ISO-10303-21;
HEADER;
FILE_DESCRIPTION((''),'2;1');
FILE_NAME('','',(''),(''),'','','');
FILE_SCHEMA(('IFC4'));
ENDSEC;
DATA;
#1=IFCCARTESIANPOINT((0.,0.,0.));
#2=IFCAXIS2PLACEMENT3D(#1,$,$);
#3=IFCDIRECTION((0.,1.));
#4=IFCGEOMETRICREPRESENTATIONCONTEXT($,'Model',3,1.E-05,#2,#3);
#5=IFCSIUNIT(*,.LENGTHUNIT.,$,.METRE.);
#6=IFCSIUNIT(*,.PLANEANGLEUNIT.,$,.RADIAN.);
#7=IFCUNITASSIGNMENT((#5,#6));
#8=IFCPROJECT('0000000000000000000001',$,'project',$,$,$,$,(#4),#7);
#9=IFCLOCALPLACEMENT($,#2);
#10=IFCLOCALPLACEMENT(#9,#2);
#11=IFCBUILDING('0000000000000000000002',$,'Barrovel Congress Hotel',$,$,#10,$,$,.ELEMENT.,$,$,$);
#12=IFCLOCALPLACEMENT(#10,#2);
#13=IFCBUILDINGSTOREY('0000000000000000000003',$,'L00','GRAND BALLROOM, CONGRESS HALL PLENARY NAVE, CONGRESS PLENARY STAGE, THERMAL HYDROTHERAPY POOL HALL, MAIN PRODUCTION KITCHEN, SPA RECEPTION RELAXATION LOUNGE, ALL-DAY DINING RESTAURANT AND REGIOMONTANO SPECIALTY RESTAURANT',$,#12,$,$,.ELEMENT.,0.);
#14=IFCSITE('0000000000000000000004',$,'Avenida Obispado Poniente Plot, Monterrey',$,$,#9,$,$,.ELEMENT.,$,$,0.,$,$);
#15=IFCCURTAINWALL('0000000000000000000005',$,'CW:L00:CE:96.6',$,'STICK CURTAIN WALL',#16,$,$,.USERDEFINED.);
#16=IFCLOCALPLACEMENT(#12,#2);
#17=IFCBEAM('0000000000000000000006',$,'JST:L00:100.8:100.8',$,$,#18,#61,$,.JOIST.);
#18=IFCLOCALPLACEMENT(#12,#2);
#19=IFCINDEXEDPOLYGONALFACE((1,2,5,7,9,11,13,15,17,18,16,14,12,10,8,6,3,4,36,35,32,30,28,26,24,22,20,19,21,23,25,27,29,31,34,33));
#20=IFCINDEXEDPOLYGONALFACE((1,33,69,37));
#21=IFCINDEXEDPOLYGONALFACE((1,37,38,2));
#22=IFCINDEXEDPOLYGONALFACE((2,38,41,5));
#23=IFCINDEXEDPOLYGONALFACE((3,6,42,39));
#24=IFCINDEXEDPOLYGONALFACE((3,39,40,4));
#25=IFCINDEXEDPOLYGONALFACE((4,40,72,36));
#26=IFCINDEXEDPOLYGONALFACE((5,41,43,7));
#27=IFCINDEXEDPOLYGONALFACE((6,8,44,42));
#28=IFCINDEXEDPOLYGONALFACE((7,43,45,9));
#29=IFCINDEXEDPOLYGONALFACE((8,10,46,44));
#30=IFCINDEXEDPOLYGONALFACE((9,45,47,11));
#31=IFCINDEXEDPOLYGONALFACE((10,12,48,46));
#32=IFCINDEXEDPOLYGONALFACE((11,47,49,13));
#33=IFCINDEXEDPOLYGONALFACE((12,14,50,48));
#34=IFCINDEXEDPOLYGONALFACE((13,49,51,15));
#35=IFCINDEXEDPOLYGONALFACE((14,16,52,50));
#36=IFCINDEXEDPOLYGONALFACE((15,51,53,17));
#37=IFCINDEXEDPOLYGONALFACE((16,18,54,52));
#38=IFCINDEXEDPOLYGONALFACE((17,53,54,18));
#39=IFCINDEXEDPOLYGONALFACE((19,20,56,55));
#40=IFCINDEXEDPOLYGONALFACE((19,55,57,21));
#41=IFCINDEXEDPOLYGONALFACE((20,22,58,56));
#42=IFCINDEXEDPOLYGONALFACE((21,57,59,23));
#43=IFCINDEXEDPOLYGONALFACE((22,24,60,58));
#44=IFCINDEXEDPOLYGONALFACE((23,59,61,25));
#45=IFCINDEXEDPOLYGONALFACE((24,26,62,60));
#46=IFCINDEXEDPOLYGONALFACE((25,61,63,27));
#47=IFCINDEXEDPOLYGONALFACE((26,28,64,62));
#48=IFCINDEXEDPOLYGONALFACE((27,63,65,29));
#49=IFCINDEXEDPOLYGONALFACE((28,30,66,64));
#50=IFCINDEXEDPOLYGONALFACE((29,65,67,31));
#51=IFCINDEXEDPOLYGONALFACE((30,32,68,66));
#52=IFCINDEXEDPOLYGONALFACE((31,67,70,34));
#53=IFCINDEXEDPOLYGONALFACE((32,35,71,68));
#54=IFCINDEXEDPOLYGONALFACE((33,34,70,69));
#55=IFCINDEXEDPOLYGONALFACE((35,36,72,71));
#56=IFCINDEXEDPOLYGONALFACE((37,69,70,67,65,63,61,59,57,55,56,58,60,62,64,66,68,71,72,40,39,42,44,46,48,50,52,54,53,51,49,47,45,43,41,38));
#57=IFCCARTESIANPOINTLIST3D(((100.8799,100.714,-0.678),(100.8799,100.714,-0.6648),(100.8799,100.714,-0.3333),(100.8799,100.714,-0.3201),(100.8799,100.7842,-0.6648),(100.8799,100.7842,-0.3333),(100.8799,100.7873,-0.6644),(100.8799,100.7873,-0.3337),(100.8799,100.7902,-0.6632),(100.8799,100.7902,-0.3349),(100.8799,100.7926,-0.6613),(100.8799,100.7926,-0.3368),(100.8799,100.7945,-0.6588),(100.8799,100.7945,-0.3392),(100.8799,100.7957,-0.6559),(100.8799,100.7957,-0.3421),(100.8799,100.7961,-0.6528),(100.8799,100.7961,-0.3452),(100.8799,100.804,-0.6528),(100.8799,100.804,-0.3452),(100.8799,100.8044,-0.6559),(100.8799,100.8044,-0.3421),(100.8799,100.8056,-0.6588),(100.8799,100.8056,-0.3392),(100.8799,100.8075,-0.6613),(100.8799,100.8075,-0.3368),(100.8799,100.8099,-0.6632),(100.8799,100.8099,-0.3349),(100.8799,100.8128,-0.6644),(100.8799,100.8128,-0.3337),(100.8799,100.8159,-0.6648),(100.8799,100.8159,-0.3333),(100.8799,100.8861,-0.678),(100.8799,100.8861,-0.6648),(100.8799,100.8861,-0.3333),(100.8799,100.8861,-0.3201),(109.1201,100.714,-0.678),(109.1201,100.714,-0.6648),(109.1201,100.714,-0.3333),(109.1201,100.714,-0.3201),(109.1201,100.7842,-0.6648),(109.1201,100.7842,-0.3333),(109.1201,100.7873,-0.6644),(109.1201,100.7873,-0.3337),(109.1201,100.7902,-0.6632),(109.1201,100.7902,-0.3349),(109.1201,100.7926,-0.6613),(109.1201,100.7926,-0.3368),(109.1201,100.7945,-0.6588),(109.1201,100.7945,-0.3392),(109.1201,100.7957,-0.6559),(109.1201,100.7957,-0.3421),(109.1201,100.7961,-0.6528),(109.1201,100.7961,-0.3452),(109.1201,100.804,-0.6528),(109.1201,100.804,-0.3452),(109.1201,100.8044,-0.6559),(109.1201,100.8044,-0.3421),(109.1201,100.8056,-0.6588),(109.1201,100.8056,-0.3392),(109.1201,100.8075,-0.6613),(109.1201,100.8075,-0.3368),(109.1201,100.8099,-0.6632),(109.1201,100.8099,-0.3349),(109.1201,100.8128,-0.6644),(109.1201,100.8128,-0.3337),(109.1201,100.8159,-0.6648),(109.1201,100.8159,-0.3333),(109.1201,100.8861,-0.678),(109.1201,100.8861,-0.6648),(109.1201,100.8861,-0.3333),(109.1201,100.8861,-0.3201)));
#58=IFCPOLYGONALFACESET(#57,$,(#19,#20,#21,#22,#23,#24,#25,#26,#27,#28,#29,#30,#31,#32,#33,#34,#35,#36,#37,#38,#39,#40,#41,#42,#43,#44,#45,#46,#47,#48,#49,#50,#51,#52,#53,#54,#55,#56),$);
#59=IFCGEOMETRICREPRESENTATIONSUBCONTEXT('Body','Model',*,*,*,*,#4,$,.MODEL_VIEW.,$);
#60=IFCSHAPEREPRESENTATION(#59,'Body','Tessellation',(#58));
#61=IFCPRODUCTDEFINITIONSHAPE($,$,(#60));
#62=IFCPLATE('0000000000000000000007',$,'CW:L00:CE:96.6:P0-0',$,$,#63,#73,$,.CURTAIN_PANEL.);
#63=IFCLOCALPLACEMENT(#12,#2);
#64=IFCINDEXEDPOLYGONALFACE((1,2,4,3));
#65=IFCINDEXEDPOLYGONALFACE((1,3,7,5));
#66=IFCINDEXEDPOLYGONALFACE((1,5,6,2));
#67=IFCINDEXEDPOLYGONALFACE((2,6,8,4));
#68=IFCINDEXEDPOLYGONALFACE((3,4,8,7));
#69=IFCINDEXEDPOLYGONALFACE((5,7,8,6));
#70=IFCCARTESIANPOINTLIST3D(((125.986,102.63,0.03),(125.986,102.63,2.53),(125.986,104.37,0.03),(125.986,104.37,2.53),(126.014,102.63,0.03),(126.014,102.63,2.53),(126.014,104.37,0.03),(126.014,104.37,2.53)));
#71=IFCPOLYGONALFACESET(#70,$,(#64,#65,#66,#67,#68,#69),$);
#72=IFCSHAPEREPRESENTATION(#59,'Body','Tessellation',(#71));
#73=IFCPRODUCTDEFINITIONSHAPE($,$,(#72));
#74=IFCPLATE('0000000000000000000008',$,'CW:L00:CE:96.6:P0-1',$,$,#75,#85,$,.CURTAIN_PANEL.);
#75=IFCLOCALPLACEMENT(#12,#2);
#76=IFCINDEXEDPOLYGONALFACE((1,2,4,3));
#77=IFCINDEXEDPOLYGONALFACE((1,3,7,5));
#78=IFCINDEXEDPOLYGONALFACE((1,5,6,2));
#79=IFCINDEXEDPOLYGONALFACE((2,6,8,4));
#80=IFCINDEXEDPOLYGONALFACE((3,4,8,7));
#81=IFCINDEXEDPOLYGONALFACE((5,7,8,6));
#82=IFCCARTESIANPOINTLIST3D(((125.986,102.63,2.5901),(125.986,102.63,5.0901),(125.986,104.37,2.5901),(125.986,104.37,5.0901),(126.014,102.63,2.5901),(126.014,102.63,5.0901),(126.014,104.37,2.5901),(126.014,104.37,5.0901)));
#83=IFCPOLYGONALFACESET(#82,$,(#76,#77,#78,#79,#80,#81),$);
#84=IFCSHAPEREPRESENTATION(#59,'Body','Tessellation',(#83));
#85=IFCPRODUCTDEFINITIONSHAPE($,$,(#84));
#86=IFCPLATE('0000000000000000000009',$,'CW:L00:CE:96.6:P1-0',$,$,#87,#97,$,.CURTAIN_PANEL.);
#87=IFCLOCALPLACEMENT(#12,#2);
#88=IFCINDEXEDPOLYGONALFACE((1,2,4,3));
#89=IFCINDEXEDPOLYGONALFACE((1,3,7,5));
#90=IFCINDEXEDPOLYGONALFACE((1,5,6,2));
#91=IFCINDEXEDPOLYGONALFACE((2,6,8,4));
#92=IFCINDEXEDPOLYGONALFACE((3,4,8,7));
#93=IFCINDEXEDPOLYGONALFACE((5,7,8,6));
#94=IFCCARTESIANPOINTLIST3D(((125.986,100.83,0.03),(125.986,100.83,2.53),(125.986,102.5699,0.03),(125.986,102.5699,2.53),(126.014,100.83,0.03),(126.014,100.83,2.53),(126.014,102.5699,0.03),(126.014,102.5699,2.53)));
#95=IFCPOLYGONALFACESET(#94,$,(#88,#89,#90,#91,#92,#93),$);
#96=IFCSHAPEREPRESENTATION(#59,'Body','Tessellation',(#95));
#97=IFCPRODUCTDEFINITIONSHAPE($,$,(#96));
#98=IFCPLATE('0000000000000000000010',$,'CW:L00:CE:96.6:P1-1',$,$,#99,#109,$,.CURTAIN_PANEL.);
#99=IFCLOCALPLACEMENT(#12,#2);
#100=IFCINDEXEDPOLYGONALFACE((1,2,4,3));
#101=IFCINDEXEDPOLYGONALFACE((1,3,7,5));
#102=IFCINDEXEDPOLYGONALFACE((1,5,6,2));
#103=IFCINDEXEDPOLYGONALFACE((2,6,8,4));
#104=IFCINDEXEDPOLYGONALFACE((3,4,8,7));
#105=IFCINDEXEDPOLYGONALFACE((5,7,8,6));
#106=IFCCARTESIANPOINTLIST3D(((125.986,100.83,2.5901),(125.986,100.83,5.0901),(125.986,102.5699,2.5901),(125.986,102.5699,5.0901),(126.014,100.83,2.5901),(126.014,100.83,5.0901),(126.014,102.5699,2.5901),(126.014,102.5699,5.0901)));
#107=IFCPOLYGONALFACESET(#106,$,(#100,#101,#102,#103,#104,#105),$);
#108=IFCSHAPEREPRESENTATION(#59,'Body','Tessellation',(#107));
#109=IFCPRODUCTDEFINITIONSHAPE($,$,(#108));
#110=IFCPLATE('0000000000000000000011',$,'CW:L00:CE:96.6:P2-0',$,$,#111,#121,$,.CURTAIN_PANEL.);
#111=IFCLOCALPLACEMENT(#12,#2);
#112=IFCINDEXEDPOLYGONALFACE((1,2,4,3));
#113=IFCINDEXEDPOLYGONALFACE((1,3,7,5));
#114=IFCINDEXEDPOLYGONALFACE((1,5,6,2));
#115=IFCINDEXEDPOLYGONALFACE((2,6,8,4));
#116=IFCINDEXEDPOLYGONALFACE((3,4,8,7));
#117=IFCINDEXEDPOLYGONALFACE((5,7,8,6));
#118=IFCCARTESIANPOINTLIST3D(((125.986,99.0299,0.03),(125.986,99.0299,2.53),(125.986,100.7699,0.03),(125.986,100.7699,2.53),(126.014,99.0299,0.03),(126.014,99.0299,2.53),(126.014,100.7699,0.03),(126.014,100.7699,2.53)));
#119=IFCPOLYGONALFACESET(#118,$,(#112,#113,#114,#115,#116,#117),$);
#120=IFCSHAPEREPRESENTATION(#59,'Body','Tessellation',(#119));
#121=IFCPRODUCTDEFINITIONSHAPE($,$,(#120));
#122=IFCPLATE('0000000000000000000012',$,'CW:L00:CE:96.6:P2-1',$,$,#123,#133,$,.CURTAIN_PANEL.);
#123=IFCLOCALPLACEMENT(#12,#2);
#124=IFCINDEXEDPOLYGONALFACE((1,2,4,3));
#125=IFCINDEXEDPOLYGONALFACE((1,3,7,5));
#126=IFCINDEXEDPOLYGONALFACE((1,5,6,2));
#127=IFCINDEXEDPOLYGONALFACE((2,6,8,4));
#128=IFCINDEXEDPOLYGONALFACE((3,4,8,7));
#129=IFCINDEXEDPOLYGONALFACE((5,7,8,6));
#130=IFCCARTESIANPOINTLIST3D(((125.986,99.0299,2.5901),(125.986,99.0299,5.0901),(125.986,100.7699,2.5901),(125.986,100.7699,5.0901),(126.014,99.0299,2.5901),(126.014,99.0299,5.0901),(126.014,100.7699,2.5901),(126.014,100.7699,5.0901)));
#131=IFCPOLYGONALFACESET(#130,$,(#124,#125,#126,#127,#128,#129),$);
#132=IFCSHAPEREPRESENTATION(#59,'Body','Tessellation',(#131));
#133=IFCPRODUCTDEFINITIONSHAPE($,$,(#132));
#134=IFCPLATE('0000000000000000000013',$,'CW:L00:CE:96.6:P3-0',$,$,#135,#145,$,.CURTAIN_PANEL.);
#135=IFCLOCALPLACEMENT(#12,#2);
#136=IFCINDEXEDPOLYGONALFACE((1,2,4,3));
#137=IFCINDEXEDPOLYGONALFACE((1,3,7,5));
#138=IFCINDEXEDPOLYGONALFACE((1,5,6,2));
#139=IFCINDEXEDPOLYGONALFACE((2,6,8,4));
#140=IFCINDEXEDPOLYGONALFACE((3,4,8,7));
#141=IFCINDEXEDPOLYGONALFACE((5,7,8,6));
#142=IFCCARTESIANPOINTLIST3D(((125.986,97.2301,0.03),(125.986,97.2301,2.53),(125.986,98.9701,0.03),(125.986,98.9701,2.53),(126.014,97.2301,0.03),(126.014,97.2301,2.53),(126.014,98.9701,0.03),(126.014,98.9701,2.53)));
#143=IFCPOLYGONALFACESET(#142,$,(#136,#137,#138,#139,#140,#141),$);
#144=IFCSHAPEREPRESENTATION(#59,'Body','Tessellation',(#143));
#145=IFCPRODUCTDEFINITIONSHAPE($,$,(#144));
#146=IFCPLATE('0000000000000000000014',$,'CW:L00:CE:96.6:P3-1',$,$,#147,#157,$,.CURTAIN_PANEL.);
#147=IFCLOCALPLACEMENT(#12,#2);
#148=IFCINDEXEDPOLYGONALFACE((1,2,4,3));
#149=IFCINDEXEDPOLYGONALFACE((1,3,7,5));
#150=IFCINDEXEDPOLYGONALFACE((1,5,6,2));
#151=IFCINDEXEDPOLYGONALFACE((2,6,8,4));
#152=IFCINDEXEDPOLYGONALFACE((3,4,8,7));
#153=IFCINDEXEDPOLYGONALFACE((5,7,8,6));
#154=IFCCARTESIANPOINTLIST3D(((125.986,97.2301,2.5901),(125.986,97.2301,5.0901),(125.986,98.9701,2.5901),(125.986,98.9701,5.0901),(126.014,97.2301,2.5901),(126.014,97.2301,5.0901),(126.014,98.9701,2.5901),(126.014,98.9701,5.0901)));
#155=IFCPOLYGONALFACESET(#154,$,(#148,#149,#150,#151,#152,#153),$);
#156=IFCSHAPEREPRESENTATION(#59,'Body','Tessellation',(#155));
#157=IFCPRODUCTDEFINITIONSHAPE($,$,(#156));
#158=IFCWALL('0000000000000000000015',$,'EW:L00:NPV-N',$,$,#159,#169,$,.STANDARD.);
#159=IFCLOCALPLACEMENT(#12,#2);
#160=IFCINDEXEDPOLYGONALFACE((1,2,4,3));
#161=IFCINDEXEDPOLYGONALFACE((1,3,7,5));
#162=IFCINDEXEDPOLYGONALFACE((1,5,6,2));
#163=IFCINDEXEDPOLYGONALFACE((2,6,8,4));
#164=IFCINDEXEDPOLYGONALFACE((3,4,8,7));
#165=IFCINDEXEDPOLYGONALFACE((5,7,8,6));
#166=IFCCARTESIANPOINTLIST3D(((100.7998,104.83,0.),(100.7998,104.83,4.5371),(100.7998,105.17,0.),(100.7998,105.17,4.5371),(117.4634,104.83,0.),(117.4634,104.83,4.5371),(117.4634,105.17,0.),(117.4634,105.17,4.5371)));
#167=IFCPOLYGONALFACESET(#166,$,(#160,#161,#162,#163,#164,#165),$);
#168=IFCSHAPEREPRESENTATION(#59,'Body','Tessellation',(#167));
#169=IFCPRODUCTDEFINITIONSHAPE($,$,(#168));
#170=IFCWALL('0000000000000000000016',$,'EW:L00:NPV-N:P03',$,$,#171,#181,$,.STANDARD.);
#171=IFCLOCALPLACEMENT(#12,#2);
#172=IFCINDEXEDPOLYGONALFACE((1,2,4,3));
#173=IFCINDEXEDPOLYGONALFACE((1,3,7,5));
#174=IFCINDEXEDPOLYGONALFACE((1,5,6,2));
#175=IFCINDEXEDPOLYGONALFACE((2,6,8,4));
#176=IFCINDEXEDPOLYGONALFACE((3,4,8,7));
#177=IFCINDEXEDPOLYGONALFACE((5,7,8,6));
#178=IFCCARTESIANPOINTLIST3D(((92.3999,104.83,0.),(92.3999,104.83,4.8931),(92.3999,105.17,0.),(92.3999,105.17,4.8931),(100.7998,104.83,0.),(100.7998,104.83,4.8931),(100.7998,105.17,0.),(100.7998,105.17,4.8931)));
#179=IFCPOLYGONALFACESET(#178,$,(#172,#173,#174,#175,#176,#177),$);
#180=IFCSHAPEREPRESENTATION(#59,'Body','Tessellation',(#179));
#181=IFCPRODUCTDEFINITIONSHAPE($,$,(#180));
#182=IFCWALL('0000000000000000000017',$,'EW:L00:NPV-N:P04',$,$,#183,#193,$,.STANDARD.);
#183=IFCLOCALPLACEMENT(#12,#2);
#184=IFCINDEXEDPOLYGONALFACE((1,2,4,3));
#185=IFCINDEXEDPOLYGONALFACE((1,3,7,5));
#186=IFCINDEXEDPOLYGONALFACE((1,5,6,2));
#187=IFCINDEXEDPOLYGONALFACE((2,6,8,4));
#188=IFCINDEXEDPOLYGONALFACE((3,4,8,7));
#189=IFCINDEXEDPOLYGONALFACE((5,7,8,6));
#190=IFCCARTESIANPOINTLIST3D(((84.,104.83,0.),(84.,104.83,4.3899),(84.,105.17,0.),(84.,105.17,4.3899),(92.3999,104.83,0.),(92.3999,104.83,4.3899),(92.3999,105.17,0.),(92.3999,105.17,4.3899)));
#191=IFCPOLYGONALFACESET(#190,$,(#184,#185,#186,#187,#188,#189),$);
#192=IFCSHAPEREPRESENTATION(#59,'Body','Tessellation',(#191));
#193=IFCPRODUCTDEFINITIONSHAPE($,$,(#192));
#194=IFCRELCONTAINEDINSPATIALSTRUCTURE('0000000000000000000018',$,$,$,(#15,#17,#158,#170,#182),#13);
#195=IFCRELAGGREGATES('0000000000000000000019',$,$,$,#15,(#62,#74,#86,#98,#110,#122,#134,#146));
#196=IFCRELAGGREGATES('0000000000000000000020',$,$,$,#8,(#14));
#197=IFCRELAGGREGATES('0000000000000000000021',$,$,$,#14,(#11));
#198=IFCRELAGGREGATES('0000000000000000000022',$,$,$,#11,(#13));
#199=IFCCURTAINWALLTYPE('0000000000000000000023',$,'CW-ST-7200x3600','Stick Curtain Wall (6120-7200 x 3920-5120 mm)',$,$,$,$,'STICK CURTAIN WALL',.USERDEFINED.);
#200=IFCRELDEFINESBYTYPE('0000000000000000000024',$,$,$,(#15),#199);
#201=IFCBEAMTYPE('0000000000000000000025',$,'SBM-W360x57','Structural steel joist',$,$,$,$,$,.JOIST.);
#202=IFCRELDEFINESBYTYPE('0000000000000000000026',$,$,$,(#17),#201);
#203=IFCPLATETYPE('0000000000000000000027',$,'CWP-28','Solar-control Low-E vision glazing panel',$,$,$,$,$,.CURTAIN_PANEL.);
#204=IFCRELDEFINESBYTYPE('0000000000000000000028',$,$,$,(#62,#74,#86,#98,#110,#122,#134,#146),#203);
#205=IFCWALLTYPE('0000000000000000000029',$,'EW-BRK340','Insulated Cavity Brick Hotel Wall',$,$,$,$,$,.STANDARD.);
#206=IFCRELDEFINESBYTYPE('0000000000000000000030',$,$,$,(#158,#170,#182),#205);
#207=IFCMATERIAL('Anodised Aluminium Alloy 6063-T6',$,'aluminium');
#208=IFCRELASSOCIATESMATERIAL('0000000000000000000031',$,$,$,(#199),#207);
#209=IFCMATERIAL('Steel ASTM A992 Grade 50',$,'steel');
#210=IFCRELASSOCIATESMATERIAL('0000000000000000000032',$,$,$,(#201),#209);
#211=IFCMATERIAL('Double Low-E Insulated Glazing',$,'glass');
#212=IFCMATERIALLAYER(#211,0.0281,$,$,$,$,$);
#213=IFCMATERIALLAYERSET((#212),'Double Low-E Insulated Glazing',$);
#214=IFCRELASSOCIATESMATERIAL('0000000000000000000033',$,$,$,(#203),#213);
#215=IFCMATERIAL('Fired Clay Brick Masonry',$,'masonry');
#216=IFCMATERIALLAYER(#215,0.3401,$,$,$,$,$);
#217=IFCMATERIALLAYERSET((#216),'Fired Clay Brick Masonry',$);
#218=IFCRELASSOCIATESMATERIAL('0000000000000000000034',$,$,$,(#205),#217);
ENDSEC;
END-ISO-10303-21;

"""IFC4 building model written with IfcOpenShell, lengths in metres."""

from ifc_helpers import new_model, si_unit, direction, frame, frame_2d, origin, origin_2d, place, context, subcontext, project, spatial, rectangle, i_section, extrude, material, layer, layer_set, material_profile, profile_set, type_object, element, aggregate, save


model = new_model("IFC4")

# Units and contexts
model_context = context("Model", 3, precision=1e-05, world=origin(), true_north=direction((0.0, 1.0)))
body_context = subcontext(model_context, "Body", "Model", "MODEL_VIEW")
ifc_project = project(units=[si_unit("LENGTHUNIT", "METRE"), si_unit("PLANEANGLEUNIT", "RADIAN")], contexts=[model_context])

# Site, building, storey
site_placement = place(None, origin())
site = spatial("IfcSite", under=ifc_project, at=site_placement, Name="Avenida Obispado Poniente Plot, Monterrey", CompositionType="ELEMENT", RefElevation=0.0)
building_placement = place(site_placement, origin())
building = spatial("IfcBuilding", under=site, at=building_placement, Name="Barrovel Congress Hotel", CompositionType="ELEMENT")
storey_placement = place(building_placement, origin())
storey = spatial("IfcBuildingStorey", under=building, at=storey_placement, Name="L00", Description="GRAND BALLROOM, CONGRESS HALL PLENARY NAVE, CONGRESS PLENARY STAGE, THERMAL HYDROTHERAPY POOL HALL, MAIN PRODUCTION KITCHEN, SPA RECEPTION RELAXATION LOUNGE, ALL-DAY DINING RESTAURANT AND REGIOMONTANO SPECIALTY RESTAURANT", CompositionType="ELEMENT", Elevation=0.0)

# Curtain wall
ifc_material_1 = material(Name="Anodised Aluminium Alloy 6063-T6", Category="aluminium")
curtain_wall_type = type_object("IfcCurtainWallType", Name="CW-ST-7200x3600", Description="Stick Curtain Wall (6120-7200 x 3920-5120 mm)", ElementType="STICK CURTAIN WALL", PredefinedType="USERDEFINED", material=ifc_material_1)
curtain_wall_placement = place(storey_placement, origin())
curtain_wall = element("IfcCurtainWall", 1, at=curtain_wall_placement, inside=storey, type_object=curtain_wall_type, Name="CW:L00:CE:96.6", ObjectType="STICK CURTAIN WALL", PredefinedType="USERDEFINED")

# Beam
ifc_material_2 = material(Name="Steel ASTM A992 Grade 50", Category="steel")
ifc_material_profile_1 = material_profile(ifc_material_2, i_section(OverallWidth=0.1721, OverallDepth=0.3579, WebThickness=0.0078, FlangeThickness=0.0132, FilletRadius=0.012, at=origin_2d()), Name="W360x57")
ifc_profile_set_1 = profile_set([ifc_material_profile_1], Name="Steel ASTM A992 Grade 50")
beam_type_1 = type_object("IfcBeamType", Name="SBM-W360x57", Description="Structural steel joist", PredefinedType="JOIST", material=ifc_profile_set_1)
beam_1_placement = place(storey_placement, frame((100.8799, 100.8, -0.499), z_axis=(1.0, 0.0, 0.0), x_axis=(0.0, 1.0, 0.0)))
element("IfcBeam", 2, at=beam_1_placement, inside=storey, type_object=beam_type_1, Name="JST:L00:100.8:100.8", PredefinedType="JOIST", context=body_context, shape_type="SweptSolid", body=[
    extrude(i_section(OverallWidth=0.1721, OverallDepth=0.3579, WebThickness=0.0078, FlangeThickness=0.0132, FilletRadius=0.012, at=origin_2d()), origin(), (0.0, 0.0, 1.0), 8.2402),
])

# Plates
ifc_material_3 = material(Name="Double Low-E Insulated Glazing", Category="glass")
ifc_layer_1 = layer(ifc_material_3, 0.0281)
ifc_layer_set_1 = layer_set([ifc_layer_1], Name="Double Low-E Insulated Glazing")
plate_type = type_object("IfcPlateType", Name="CWP-28", Description="Solar-control Low-E vision glazing panel", PredefinedType="CURTAIN_PANEL", material=ifc_layer_set_1)
plate_1_placement = place(storey_placement, frame((126.0, 103.5, 0.03), z_axis=(0.0, 0.0, 1.0), x_axis=(0.0, -1.0, 0.0)))
plate_1 = element("IfcPlate", 3, at=plate_1_placement, type_object=plate_type, Name="CW:L00:CE:96.6:P0-0", PredefinedType="CURTAIN_PANEL", context=body_context, shape_type="SweptSolid", body=[
    extrude(rectangle(XDim=1.74, YDim=0.0281, at=origin_2d()), origin(), (0.0, 0.0, 1.0), 2.5),
])
plate_2_placement = place(storey_placement, frame((126.0, 103.5, 2.5901), z_axis=(0.0, 0.0, 1.0), x_axis=(0.0, -1.0, 0.0)))
plate_2 = element("IfcPlate", 4, at=plate_2_placement, type_object=plate_type, Name="CW:L00:CE:96.6:P0-1", PredefinedType="CURTAIN_PANEL", context=body_context, shape_type="SweptSolid", body=[
    extrude(rectangle(XDim=1.74, YDim=0.0281, at=origin_2d()), origin(), (0.0, 0.0, 1.0), 2.5),
])
plate_3_placement = place(storey_placement, frame((126.0, 101.7, 0.03), z_axis=(0.0, 0.0, 1.0), x_axis=(0.0, -1.0, 0.0)))
plate_3 = element("IfcPlate", 5, at=plate_3_placement, type_object=plate_type, Name="CW:L00:CE:96.6:P1-0", PredefinedType="CURTAIN_PANEL", context=body_context, shape_type="SweptSolid", body=[
    extrude(rectangle(XDim=1.74, YDim=0.0281, at=origin_2d()), origin(), (0.0, 0.0, 1.0), 2.5),
])
plate_4_placement = place(storey_placement, frame((126.0, 101.7, 2.5901), z_axis=(0.0, 0.0, 1.0), x_axis=(0.0, -1.0, 0.0)))
plate_4 = element("IfcPlate", 6, at=plate_4_placement, type_object=plate_type, Name="CW:L00:CE:96.6:P1-1", PredefinedType="CURTAIN_PANEL", context=body_context, shape_type="SweptSolid", body=[
    extrude(rectangle(XDim=1.74, YDim=0.0281, at=origin_2d()), origin(), (0.0, 0.0, 1.0), 2.5),
])
plate_5_placement = place(storey_placement, frame((126.0, 99.8999, 0.03), z_axis=(0.0, 0.0, 1.0), x_axis=(0.0, -1.0, 0.0)))
plate_5 = element("IfcPlate", 7, at=plate_5_placement, type_object=plate_type, Name="CW:L00:CE:96.6:P2-0", PredefinedType="CURTAIN_PANEL", context=body_context, shape_type="SweptSolid", body=[
    extrude(rectangle(XDim=1.74, YDim=0.0281, at=origin_2d()), origin(), (0.0, 0.0, 1.0), 2.5),
])
plate_6_placement = place(storey_placement, frame((126.0, 99.8999, 2.5901), z_axis=(0.0, 0.0, 1.0), x_axis=(0.0, -1.0, 0.0)))
plate_6 = element("IfcPlate", 8, at=plate_6_placement, type_object=plate_type, Name="CW:L00:CE:96.6:P2-1", PredefinedType="CURTAIN_PANEL", context=body_context, shape_type="SweptSolid", body=[
    extrude(rectangle(XDim=1.74, YDim=0.0281, at=origin_2d()), origin(), (0.0, 0.0, 1.0), 2.5),
])
plate_7_placement = place(storey_placement, frame((126.0, 98.1001, 0.03), z_axis=(0.0, 0.0, 1.0), x_axis=(0.0, -1.0, 0.0)))
plate_7 = element("IfcPlate", 9, at=plate_7_placement, type_object=plate_type, Name="CW:L00:CE:96.6:P3-0", PredefinedType="CURTAIN_PANEL", context=body_context, shape_type="SweptSolid", body=[
    extrude(rectangle(XDim=1.74, YDim=0.0281, at=origin_2d()), origin(), (0.0, 0.0, 1.0), 2.5),
])
plate_8_placement = place(storey_placement, frame((126.0, 98.1001, 2.5901), z_axis=(0.0, 0.0, 1.0), x_axis=(0.0, -1.0, 0.0)))
plate_8 = element("IfcPlate", 10, at=plate_8_placement, type_object=plate_type, Name="CW:L00:CE:96.6:P3-1", PredefinedType="CURTAIN_PANEL", context=body_context, shape_type="SweptSolid", body=[
    extrude(rectangle(XDim=1.74, YDim=0.0281, at=origin_2d()), origin(), (0.0, 0.0, 1.0), 2.5),
])
aggregate(curtain_wall, [plate_1, plate_2, plate_3, plate_4, plate_5, plate_6, plate_7, plate_8])

# Walls
ifc_material_4 = material(Name="Fired Clay Brick Masonry", Category="masonry")
ifc_layer_2 = layer(ifc_material_4, 0.3401)
ifc_layer_set_2 = layer_set([ifc_layer_2], Name="Fired Clay Brick Masonry")
wall_type = type_object("IfcWallType", Name="EW-BRK340", Description="Insulated Cavity Brick Hotel Wall", PredefinedType="STANDARD", material=ifc_layer_set_2)
wall_1_placement = place(storey_placement, frame((117.4634, 105.0, 0.0), z_axis=(0.0, 0.0, 1.0), x_axis=(-1.0, 0.0, 0.0)))
element("IfcWall", 11, at=wall_1_placement, inside=storey, type_object=wall_type, Name="EW:L00:NPV-N", PredefinedType="STANDARD", context=body_context, shape_type="SweptSolid", body=[
    extrude(rectangle(XDim=16.6636, YDim=0.3401, at=frame_2d((8.3318, 0.0))), origin(), (0.0, 0.0, 1.0), 4.5371),
])
wall_2_placement = place(storey_placement, frame((100.7998, 105.0, 0.0), z_axis=(0.0, 0.0, 1.0), x_axis=(-1.0, 0.0, 0.0)))
element("IfcWall", 12, at=wall_2_placement, inside=storey, type_object=wall_type, Name="EW:L00:NPV-N:P03", PredefinedType="STANDARD", context=body_context, shape_type="SweptSolid", body=[
    extrude(rectangle(XDim=8.3999, YDim=0.3401, at=frame_2d((4.2, 0.0))), origin(), (0.0, 0.0, 1.0), 4.8931),
])
wall_3_placement = place(storey_placement, frame((92.3999, 105.0, 0.0), z_axis=(0.0, 0.0, 1.0), x_axis=(-1.0, 0.0, 0.0)))
element("IfcWall", 13, at=wall_3_placement, inside=storey, type_object=wall_type, Name="EW:L00:NPV-N:P04", PredefinedType="STANDARD", context=body_context, shape_type="SweptSolid", body=[
    extrude(rectangle(XDim=8.3999, YDim=0.3401, at=frame_2d((4.2, 0.0))), origin(), (0.0, 0.0, 1.0), 4.3899),
])

save(model, "model.ifc")
